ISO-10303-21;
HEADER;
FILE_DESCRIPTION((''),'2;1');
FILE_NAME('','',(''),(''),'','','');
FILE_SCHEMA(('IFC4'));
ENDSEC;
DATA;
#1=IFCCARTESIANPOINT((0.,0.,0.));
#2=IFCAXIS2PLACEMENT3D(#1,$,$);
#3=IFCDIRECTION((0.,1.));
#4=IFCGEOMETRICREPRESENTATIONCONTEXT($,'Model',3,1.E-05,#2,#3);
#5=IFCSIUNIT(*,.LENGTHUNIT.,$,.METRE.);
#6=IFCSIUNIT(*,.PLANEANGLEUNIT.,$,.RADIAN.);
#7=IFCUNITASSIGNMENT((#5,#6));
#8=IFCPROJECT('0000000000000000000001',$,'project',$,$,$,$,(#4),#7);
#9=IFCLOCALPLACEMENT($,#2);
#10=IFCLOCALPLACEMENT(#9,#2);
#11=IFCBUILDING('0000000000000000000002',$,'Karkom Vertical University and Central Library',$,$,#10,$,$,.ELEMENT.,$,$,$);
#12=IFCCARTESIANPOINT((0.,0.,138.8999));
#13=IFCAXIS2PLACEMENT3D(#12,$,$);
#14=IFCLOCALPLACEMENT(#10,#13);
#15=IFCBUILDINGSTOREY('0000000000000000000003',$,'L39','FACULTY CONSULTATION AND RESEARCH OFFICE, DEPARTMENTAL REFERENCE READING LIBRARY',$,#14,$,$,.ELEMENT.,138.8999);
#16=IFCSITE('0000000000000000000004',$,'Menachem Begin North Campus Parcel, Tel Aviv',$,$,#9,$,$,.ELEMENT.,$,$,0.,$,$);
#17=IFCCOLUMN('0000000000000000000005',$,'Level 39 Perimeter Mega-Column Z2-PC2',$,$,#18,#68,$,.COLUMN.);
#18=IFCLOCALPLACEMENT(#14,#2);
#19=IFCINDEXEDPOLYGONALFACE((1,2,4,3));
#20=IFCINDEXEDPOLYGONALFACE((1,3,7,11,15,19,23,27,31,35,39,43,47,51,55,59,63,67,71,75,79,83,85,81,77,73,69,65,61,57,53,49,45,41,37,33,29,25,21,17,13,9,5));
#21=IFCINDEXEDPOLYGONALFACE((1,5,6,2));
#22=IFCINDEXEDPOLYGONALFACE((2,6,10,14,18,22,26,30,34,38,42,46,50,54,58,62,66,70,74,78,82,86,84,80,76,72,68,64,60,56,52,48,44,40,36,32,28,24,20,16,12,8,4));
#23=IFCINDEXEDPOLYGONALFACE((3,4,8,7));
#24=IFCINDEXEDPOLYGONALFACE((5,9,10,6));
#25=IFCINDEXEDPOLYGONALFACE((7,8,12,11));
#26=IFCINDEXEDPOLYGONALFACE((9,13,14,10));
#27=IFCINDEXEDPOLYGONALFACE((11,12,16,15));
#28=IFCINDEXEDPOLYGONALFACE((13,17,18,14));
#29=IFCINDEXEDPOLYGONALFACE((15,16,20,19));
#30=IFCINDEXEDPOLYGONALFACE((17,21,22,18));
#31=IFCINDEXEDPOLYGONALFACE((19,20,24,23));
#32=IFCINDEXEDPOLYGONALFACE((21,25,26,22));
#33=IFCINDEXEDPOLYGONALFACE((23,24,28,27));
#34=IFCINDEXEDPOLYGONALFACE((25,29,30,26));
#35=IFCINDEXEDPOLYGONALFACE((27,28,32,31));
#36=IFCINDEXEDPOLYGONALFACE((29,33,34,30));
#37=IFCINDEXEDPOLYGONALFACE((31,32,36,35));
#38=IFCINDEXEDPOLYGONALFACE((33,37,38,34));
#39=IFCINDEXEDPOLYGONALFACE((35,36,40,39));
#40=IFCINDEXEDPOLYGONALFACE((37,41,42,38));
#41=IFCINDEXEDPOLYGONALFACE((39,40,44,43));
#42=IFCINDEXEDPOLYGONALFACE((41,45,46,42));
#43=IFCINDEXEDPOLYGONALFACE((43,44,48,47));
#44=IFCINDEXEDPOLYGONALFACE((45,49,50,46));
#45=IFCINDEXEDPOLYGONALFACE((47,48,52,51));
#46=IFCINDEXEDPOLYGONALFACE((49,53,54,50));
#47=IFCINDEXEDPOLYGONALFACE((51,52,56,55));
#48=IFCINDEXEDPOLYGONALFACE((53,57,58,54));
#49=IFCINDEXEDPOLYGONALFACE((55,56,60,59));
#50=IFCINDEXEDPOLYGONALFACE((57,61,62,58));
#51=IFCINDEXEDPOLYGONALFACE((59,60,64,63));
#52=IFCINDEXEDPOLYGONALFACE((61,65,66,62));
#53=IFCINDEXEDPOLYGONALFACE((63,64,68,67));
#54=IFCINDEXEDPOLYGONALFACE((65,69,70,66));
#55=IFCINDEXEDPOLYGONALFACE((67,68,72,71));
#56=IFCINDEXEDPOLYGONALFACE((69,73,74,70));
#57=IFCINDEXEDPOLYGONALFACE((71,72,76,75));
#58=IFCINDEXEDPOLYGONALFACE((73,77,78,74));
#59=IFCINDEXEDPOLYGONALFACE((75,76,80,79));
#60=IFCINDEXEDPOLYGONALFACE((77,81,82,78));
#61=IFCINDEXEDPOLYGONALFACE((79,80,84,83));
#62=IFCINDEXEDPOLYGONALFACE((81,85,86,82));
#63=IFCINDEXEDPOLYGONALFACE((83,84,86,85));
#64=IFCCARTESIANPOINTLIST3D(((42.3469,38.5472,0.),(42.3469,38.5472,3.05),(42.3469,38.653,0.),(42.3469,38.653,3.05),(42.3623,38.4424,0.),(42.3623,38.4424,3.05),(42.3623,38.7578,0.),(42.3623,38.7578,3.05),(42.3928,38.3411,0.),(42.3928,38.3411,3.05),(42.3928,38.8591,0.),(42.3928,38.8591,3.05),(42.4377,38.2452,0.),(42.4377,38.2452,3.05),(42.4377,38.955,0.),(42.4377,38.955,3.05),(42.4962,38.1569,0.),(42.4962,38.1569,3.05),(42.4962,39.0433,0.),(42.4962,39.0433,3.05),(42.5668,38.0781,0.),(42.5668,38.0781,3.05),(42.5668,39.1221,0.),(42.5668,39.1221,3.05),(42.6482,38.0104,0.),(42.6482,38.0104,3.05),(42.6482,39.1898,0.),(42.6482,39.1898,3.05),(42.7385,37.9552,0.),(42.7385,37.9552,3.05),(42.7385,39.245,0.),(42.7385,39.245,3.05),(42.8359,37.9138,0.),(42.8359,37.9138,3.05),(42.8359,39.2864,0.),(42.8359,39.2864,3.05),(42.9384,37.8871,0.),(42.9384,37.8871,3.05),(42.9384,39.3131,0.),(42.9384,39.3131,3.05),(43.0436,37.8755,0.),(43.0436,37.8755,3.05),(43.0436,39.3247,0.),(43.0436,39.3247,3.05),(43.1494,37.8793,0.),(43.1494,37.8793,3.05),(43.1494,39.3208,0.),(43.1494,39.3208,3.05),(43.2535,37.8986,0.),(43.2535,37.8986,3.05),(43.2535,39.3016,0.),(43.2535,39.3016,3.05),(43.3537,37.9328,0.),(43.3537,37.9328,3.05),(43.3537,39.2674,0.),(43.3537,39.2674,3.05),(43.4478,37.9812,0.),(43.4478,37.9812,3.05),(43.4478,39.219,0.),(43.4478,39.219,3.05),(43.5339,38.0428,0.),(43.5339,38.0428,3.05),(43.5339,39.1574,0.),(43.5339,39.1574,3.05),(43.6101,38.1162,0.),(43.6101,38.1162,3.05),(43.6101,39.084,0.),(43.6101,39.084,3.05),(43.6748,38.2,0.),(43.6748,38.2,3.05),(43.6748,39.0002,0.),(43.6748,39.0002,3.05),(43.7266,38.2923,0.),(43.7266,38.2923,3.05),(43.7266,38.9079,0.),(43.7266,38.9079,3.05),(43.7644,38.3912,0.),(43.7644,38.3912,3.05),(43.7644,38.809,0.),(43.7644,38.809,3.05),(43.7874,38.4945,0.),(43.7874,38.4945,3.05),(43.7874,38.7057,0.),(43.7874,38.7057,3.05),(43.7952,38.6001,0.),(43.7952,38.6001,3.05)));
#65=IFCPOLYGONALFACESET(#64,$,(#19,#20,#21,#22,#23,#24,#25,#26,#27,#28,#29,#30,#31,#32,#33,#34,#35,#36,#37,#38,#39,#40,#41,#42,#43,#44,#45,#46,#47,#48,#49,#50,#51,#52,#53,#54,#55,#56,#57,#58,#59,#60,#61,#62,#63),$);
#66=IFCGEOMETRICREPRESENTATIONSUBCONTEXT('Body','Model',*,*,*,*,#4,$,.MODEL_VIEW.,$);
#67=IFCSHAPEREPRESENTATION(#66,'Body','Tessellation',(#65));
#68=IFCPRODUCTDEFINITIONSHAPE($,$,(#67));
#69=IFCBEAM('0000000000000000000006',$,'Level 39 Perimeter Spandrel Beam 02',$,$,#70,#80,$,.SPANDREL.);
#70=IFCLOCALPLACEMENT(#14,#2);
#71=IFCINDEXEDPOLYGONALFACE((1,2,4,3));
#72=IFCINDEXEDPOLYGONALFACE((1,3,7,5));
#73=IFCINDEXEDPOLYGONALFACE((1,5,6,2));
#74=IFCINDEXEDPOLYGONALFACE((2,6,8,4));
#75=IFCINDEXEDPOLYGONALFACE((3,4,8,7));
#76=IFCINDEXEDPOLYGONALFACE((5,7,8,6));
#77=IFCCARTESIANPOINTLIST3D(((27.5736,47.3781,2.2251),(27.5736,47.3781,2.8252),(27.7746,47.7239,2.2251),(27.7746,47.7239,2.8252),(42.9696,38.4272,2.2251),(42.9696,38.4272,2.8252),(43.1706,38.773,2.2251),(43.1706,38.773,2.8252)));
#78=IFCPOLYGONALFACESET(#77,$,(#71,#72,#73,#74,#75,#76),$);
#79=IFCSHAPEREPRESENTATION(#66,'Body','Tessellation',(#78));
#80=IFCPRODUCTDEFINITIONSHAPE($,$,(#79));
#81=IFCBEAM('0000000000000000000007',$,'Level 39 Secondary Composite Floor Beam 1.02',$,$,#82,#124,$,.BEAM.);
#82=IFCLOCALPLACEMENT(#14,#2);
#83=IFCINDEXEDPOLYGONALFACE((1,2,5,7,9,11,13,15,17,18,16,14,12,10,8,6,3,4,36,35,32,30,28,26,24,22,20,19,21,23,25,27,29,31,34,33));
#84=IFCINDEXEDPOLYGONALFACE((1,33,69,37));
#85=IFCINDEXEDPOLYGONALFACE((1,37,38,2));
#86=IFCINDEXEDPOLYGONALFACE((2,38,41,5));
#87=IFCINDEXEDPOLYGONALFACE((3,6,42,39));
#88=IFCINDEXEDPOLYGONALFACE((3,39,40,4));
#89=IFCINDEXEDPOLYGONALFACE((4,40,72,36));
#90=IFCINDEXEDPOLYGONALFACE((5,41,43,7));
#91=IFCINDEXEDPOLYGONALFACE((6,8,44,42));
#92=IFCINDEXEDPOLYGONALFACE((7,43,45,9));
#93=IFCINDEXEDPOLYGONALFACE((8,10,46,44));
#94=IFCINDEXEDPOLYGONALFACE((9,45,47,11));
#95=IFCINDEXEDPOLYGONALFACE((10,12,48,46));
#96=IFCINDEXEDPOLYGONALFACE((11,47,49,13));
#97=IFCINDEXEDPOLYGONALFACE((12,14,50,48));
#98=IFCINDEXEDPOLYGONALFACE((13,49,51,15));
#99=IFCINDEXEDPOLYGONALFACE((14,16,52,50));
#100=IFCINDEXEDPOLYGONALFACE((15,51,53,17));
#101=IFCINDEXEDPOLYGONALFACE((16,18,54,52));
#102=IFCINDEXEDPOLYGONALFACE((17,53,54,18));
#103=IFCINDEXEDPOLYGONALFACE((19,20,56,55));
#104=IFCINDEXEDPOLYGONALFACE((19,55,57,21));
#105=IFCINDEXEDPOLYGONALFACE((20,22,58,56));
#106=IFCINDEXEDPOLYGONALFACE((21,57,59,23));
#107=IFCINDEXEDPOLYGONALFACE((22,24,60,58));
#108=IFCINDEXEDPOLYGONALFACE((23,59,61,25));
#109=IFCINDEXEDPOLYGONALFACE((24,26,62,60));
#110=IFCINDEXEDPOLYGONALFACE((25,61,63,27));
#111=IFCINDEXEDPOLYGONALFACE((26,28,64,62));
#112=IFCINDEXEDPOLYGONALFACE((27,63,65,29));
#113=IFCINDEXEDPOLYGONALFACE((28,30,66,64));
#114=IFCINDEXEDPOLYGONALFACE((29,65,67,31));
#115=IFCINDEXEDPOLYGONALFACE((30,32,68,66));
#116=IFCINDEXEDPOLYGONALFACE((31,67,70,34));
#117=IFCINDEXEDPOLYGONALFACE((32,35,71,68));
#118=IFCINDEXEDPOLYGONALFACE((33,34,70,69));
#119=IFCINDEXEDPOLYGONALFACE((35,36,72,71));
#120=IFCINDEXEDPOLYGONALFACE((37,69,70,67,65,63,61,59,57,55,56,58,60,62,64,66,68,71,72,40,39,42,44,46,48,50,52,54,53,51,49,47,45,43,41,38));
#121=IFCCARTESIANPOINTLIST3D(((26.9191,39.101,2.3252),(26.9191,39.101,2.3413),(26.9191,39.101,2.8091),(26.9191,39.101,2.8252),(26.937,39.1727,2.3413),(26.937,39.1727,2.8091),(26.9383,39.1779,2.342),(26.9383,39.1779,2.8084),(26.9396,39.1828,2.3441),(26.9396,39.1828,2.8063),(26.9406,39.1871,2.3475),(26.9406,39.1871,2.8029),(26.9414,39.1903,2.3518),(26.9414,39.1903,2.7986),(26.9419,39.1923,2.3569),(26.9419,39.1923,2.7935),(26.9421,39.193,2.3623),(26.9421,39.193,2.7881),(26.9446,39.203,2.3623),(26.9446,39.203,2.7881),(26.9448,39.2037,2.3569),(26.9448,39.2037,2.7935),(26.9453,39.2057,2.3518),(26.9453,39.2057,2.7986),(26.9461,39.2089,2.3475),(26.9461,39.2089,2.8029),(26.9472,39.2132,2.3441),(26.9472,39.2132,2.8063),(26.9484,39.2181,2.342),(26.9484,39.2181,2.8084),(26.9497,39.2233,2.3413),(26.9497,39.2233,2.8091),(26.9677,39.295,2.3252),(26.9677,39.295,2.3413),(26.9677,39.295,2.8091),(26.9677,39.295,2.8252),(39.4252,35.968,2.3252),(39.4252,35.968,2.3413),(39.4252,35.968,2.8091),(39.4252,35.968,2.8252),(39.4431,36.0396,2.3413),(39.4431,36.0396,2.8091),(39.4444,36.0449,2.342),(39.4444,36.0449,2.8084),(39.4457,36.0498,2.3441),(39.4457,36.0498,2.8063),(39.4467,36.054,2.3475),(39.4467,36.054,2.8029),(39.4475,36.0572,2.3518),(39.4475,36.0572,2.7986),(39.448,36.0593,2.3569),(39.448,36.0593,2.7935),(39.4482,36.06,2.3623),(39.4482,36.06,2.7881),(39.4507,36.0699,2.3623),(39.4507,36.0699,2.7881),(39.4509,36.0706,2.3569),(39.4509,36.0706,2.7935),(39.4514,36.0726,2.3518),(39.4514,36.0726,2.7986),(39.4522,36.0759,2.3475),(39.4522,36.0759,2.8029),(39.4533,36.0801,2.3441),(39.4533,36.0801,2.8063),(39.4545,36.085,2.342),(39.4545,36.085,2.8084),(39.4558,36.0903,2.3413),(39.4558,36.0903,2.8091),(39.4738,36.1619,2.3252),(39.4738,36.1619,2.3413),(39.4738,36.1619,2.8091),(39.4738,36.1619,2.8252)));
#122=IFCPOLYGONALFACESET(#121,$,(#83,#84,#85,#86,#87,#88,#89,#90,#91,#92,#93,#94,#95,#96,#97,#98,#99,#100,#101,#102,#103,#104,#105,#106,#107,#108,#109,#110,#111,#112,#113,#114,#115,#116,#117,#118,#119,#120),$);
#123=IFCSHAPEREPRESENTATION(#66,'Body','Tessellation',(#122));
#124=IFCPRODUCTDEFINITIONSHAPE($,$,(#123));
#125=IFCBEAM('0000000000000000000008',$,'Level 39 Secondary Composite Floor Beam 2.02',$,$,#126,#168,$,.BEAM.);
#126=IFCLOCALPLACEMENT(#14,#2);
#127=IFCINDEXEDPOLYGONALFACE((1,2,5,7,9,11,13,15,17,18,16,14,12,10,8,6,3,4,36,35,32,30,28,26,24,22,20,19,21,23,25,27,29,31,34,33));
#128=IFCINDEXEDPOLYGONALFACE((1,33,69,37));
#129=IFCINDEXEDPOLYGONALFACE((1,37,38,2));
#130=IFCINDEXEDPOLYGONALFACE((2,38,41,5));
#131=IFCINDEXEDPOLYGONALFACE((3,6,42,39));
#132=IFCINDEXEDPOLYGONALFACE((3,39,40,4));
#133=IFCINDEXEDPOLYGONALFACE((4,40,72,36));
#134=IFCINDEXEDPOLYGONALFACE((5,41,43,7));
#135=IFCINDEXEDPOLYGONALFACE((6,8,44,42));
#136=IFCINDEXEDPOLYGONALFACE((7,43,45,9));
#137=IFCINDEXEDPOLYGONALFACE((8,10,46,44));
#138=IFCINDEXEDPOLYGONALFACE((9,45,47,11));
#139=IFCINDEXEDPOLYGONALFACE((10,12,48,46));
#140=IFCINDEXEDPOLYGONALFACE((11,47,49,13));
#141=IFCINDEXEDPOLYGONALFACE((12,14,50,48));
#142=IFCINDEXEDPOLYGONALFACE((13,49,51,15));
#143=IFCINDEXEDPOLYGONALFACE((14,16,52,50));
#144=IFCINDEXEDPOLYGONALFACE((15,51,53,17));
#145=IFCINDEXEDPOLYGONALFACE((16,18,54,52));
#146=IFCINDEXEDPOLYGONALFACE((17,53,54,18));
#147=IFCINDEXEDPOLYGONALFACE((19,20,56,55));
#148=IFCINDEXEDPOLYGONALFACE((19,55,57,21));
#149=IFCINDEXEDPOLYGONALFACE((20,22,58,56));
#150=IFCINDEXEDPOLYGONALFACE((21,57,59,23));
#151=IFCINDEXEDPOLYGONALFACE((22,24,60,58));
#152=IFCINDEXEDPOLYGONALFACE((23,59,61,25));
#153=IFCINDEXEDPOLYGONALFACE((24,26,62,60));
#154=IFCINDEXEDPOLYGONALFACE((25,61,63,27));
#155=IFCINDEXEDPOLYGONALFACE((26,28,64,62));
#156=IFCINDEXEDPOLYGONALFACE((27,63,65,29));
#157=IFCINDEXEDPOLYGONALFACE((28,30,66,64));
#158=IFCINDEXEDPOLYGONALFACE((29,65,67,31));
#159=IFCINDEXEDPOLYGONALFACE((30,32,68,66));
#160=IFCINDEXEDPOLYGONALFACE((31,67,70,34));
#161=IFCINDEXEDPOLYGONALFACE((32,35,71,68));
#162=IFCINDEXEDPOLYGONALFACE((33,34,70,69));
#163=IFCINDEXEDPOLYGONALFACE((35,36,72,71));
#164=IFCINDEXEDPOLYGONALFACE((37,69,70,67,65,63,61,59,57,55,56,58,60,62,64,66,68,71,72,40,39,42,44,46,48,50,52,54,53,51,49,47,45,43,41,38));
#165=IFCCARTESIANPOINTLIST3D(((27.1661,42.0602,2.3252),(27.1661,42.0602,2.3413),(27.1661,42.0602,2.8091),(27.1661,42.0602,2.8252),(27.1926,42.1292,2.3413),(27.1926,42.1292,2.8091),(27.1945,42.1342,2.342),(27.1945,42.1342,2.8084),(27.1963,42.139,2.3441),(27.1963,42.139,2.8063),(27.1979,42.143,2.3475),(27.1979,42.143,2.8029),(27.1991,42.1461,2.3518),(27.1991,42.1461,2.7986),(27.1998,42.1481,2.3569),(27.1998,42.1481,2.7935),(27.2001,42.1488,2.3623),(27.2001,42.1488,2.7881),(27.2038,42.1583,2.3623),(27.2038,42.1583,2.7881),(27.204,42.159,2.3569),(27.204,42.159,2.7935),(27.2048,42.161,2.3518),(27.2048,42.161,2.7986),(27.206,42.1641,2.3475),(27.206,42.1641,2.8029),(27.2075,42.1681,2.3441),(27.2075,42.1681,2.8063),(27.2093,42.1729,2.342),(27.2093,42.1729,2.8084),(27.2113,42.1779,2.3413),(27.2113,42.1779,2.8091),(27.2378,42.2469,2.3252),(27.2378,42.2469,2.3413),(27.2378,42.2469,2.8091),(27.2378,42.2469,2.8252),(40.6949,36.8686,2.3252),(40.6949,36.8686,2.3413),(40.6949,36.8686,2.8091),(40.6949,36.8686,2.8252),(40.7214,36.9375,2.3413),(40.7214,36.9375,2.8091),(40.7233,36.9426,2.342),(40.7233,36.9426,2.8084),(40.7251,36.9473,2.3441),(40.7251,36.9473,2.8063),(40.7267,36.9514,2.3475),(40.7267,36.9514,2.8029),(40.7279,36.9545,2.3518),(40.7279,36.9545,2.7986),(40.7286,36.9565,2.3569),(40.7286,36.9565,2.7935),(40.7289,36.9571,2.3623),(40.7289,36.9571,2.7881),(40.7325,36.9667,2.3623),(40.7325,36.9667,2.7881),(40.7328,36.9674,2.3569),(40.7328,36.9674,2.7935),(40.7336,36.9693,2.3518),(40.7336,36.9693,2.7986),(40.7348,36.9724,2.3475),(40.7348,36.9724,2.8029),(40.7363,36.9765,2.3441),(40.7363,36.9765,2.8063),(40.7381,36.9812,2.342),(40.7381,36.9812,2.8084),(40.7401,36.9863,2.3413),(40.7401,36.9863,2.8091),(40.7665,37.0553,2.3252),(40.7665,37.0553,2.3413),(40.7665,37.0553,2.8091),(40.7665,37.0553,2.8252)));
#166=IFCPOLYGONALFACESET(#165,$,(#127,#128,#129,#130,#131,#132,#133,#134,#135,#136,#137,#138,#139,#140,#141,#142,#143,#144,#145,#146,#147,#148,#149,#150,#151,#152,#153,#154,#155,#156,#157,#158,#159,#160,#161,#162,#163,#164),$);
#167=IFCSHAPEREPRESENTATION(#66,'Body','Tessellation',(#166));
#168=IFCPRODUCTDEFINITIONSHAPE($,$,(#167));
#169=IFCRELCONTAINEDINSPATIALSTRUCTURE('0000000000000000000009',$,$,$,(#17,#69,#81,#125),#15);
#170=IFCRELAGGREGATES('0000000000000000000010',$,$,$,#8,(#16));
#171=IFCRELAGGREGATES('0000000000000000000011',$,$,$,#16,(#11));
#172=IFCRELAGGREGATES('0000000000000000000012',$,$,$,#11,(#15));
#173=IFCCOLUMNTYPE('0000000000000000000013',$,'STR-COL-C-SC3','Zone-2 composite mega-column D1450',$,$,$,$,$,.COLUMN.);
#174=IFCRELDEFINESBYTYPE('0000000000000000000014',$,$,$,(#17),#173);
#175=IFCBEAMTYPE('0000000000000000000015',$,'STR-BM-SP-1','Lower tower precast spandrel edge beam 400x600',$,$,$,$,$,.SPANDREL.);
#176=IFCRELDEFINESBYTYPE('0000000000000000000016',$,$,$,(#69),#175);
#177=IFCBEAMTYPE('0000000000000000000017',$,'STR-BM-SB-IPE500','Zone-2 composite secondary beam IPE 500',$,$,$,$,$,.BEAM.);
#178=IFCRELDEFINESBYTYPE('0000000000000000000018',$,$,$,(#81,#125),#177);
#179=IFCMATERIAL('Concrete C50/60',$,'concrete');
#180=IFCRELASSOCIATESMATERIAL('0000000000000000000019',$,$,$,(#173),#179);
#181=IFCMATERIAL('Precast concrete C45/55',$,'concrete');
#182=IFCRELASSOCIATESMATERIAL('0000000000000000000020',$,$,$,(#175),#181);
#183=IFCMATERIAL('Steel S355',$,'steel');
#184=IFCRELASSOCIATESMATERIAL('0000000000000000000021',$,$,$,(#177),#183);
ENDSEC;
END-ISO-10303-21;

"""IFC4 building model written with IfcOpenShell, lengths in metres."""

from ifc_helpers import new_model, si_unit, direction, frame, origin, origin_with_axes, origin_2d, place, context, subcontext, project, spatial, rectangle, circle, i_section, extrude, source, transform, mapped, material, material_profile, profile_set, type_object, element, save


model = new_model("IFC4")

# Units and contexts
model_context = context("Model", 3, precision=1e-05, world=origin(), true_north=direction((0.0, 1.0)))
body_context = subcontext(model_context, "Body", "Model", "MODEL_VIEW")
ifc_project = project(units=[si_unit("LENGTHUNIT", "METRE"), si_unit("PLANEANGLEUNIT", "RADIAN")], contexts=[model_context])

# Site, building, storey
site_placement = place(None, origin())
site = spatial("IfcSite", under=ifc_project, at=site_placement, Name="Menachem Begin North Campus Parcel, Tel Aviv", CompositionType="ELEMENT", RefElevation=0.0)
building_placement = place(site_placement, origin())
building = spatial("IfcBuilding", under=site, at=building_placement, Name="Karkom Vertical University and Central Library", CompositionType="ELEMENT")
storey_placement = place(building_placement, frame((0.0, 0.0, 138.8999)))
storey = spatial("IfcBuildingStorey", under=building, at=storey_placement, Name="L39", Description="FACULTY CONSULTATION AND RESEARCH OFFICE, DEPARTMENTAL REFERENCE READING LIBRARY", CompositionType="ELEMENT", Elevation=138.8999)

# Column
ifc_material_1 = material(Name="Concrete C50/60", Category="concrete")
ifc_material_profile_1 = material_profile(ifc_material_1, circle(Radius=0.7251, at=origin_2d()), Name="CFT-D1450")
ifc_profile_set_1 = profile_set([ifc_material_profile_1], Name="Concrete C50/60")
column_type = type_object("IfcColumnType", Name="STR-COL-C-SC3", Description="Zone-2 composite mega-column D1450", PredefinedType="COLUMN", material=ifc_profile_set_1)
shared_shape_1 = source(origin_with_axes(), body_context, "Body", "SweptSolid", [
    extrude(circle(Radius=0.7251, at=origin_2d()), origin(), (0.0, 0.0, 1.0), 3.05),
])
column_placement = place(storey_placement, frame((43.0701, 38.6001, 0.0), z_axis=(0.0, 0.0, 1.0), x_axis=(1.0, 0.0, 0.0)))
element("IfcColumn", 1, at=column_placement, inside=storey, type_object=column_type, Name="Level 39 Perimeter Mega-Column Z2-PC2", PredefinedType="COLUMN", context=body_context, shape_type="MappedRepresentation", body=[
    mapped(shared_shape_1, transform((0.0, 0.0, 0.0), scale=1.0)),
])

# Beams
ifc_material_2 = material(Name="Precast concrete C45/55", Category="concrete")
ifc_material_profile_2 = material_profile(ifc_material_2, rectangle(XDim=0.3999, YDim=0.6001, at=origin_2d()), Name="SPB-400x600")
ifc_profile_set_2 = profile_set([ifc_material_profile_2], Name="Precast concrete C45/55")
beam_type_1 = type_object("IfcBeamType", Name="STR-BM-SP-1", Description="Lower tower precast spandrel edge beam 400x600", PredefinedType="SPANDREL", material=ifc_profile_set_2)
shared_shape_2 = source(origin_with_axes(), body_context, "Body", "SweptSolid", [
    extrude(rectangle(XDim=0.3999, YDim=0.6001, at=origin_2d()), origin(), (0.0, 0.0, 1.0), 17.8088),
])
beam_1_placement = place(storey_placement, frame((43.0701, 38.6001, 2.5251), z_axis=(-0.864513, 0.502611, 0.0), x_axis=(-0.502611, -0.864513, 0.0)))
element("IfcBeam", 2, at=beam_1_placement, inside=storey, type_object=beam_type_1, Name="Level 39 Perimeter Spandrel Beam 02", PredefinedType="SPANDREL", context=body_context, shape_type="MappedRepresentation", body=[
    mapped(shared_shape_2, transform((0.0, 0.0, 0.0), scale=1.0)),
])
ifc_material_3 = material(Name="Steel S355", Category="steel")
ifc_material_profile_3 = material_profile(ifc_material_3, i_section(OverallWidth=0.2, OverallDepth=0.5, WebThickness=0.0103, FlangeThickness=0.0161, FilletRadius=0.021, at=origin_2d()), Name="IPE 500")
ifc_profile_set_3 = profile_set([ifc_material_profile_3], Name="Steel S355")
beam_type_2 = type_object("IfcBeamType", Name="STR-BM-SB-IPE500", Description="Zone-2 composite secondary beam IPE 500", PredefinedType="BEAM", material=ifc_profile_set_3)
shared_shape_3 = source(origin_with_axes(), body_context, "Body", "SweptSolid", [
    extrude(i_section(OverallWidth=0.2, OverallDepth=0.5, WebThickness=0.0103, FlangeThickness=0.0161, FilletRadius=0.021, at=origin_2d()), origin(), (0.0, 0.0, 1.0), 12.8926),
])
beam_2_placement = place(storey_placement, frame((39.4495, 36.0649, 2.5752), z_axis=(-0.970023, 0.243012, 0.0), x_axis=(-0.243012, -0.970023, 0.0)))
element("IfcBeam", 3, at=beam_2_placement, inside=storey, type_object=beam_type_2, Name="Level 39 Secondary Composite Floor Beam 1.02", PredefinedType="BEAM", context=body_context, shape_type="MappedRepresentation", body=[
    mapped(shared_shape_3, transform((0.0, 0.0, 0.0), scale=1.0)),
])
shared_shape_4 = source(origin_with_axes(), body_context, "Body", "SweptSolid", [
    extrude(i_section(OverallWidth=0.2, OverallDepth=0.5, WebThickness=0.0103, FlangeThickness=0.0161, FilletRadius=0.021, at=origin_2d()), origin(), (0.0, 0.0, 1.0), 14.4907),
])
beam_3_placement = place(storey_placement, frame((40.7307, 36.9619, 2.5752), z_axis=(-0.933617, 0.358273, 0.0), x_axis=(-0.358273, -0.933617, 0.0)))
element("IfcBeam", 4, at=beam_3_placement, inside=storey, type_object=beam_type_2, Name="Level 39 Secondary Composite Floor Beam 2.02", PredefinedType="BEAM", context=body_context, shape_type="MappedRepresentation", body=[
    mapped(shared_shape_4, transform((0.0, 0.0, 0.0), scale=1.0)),
])

save(model, "model.ifc")
